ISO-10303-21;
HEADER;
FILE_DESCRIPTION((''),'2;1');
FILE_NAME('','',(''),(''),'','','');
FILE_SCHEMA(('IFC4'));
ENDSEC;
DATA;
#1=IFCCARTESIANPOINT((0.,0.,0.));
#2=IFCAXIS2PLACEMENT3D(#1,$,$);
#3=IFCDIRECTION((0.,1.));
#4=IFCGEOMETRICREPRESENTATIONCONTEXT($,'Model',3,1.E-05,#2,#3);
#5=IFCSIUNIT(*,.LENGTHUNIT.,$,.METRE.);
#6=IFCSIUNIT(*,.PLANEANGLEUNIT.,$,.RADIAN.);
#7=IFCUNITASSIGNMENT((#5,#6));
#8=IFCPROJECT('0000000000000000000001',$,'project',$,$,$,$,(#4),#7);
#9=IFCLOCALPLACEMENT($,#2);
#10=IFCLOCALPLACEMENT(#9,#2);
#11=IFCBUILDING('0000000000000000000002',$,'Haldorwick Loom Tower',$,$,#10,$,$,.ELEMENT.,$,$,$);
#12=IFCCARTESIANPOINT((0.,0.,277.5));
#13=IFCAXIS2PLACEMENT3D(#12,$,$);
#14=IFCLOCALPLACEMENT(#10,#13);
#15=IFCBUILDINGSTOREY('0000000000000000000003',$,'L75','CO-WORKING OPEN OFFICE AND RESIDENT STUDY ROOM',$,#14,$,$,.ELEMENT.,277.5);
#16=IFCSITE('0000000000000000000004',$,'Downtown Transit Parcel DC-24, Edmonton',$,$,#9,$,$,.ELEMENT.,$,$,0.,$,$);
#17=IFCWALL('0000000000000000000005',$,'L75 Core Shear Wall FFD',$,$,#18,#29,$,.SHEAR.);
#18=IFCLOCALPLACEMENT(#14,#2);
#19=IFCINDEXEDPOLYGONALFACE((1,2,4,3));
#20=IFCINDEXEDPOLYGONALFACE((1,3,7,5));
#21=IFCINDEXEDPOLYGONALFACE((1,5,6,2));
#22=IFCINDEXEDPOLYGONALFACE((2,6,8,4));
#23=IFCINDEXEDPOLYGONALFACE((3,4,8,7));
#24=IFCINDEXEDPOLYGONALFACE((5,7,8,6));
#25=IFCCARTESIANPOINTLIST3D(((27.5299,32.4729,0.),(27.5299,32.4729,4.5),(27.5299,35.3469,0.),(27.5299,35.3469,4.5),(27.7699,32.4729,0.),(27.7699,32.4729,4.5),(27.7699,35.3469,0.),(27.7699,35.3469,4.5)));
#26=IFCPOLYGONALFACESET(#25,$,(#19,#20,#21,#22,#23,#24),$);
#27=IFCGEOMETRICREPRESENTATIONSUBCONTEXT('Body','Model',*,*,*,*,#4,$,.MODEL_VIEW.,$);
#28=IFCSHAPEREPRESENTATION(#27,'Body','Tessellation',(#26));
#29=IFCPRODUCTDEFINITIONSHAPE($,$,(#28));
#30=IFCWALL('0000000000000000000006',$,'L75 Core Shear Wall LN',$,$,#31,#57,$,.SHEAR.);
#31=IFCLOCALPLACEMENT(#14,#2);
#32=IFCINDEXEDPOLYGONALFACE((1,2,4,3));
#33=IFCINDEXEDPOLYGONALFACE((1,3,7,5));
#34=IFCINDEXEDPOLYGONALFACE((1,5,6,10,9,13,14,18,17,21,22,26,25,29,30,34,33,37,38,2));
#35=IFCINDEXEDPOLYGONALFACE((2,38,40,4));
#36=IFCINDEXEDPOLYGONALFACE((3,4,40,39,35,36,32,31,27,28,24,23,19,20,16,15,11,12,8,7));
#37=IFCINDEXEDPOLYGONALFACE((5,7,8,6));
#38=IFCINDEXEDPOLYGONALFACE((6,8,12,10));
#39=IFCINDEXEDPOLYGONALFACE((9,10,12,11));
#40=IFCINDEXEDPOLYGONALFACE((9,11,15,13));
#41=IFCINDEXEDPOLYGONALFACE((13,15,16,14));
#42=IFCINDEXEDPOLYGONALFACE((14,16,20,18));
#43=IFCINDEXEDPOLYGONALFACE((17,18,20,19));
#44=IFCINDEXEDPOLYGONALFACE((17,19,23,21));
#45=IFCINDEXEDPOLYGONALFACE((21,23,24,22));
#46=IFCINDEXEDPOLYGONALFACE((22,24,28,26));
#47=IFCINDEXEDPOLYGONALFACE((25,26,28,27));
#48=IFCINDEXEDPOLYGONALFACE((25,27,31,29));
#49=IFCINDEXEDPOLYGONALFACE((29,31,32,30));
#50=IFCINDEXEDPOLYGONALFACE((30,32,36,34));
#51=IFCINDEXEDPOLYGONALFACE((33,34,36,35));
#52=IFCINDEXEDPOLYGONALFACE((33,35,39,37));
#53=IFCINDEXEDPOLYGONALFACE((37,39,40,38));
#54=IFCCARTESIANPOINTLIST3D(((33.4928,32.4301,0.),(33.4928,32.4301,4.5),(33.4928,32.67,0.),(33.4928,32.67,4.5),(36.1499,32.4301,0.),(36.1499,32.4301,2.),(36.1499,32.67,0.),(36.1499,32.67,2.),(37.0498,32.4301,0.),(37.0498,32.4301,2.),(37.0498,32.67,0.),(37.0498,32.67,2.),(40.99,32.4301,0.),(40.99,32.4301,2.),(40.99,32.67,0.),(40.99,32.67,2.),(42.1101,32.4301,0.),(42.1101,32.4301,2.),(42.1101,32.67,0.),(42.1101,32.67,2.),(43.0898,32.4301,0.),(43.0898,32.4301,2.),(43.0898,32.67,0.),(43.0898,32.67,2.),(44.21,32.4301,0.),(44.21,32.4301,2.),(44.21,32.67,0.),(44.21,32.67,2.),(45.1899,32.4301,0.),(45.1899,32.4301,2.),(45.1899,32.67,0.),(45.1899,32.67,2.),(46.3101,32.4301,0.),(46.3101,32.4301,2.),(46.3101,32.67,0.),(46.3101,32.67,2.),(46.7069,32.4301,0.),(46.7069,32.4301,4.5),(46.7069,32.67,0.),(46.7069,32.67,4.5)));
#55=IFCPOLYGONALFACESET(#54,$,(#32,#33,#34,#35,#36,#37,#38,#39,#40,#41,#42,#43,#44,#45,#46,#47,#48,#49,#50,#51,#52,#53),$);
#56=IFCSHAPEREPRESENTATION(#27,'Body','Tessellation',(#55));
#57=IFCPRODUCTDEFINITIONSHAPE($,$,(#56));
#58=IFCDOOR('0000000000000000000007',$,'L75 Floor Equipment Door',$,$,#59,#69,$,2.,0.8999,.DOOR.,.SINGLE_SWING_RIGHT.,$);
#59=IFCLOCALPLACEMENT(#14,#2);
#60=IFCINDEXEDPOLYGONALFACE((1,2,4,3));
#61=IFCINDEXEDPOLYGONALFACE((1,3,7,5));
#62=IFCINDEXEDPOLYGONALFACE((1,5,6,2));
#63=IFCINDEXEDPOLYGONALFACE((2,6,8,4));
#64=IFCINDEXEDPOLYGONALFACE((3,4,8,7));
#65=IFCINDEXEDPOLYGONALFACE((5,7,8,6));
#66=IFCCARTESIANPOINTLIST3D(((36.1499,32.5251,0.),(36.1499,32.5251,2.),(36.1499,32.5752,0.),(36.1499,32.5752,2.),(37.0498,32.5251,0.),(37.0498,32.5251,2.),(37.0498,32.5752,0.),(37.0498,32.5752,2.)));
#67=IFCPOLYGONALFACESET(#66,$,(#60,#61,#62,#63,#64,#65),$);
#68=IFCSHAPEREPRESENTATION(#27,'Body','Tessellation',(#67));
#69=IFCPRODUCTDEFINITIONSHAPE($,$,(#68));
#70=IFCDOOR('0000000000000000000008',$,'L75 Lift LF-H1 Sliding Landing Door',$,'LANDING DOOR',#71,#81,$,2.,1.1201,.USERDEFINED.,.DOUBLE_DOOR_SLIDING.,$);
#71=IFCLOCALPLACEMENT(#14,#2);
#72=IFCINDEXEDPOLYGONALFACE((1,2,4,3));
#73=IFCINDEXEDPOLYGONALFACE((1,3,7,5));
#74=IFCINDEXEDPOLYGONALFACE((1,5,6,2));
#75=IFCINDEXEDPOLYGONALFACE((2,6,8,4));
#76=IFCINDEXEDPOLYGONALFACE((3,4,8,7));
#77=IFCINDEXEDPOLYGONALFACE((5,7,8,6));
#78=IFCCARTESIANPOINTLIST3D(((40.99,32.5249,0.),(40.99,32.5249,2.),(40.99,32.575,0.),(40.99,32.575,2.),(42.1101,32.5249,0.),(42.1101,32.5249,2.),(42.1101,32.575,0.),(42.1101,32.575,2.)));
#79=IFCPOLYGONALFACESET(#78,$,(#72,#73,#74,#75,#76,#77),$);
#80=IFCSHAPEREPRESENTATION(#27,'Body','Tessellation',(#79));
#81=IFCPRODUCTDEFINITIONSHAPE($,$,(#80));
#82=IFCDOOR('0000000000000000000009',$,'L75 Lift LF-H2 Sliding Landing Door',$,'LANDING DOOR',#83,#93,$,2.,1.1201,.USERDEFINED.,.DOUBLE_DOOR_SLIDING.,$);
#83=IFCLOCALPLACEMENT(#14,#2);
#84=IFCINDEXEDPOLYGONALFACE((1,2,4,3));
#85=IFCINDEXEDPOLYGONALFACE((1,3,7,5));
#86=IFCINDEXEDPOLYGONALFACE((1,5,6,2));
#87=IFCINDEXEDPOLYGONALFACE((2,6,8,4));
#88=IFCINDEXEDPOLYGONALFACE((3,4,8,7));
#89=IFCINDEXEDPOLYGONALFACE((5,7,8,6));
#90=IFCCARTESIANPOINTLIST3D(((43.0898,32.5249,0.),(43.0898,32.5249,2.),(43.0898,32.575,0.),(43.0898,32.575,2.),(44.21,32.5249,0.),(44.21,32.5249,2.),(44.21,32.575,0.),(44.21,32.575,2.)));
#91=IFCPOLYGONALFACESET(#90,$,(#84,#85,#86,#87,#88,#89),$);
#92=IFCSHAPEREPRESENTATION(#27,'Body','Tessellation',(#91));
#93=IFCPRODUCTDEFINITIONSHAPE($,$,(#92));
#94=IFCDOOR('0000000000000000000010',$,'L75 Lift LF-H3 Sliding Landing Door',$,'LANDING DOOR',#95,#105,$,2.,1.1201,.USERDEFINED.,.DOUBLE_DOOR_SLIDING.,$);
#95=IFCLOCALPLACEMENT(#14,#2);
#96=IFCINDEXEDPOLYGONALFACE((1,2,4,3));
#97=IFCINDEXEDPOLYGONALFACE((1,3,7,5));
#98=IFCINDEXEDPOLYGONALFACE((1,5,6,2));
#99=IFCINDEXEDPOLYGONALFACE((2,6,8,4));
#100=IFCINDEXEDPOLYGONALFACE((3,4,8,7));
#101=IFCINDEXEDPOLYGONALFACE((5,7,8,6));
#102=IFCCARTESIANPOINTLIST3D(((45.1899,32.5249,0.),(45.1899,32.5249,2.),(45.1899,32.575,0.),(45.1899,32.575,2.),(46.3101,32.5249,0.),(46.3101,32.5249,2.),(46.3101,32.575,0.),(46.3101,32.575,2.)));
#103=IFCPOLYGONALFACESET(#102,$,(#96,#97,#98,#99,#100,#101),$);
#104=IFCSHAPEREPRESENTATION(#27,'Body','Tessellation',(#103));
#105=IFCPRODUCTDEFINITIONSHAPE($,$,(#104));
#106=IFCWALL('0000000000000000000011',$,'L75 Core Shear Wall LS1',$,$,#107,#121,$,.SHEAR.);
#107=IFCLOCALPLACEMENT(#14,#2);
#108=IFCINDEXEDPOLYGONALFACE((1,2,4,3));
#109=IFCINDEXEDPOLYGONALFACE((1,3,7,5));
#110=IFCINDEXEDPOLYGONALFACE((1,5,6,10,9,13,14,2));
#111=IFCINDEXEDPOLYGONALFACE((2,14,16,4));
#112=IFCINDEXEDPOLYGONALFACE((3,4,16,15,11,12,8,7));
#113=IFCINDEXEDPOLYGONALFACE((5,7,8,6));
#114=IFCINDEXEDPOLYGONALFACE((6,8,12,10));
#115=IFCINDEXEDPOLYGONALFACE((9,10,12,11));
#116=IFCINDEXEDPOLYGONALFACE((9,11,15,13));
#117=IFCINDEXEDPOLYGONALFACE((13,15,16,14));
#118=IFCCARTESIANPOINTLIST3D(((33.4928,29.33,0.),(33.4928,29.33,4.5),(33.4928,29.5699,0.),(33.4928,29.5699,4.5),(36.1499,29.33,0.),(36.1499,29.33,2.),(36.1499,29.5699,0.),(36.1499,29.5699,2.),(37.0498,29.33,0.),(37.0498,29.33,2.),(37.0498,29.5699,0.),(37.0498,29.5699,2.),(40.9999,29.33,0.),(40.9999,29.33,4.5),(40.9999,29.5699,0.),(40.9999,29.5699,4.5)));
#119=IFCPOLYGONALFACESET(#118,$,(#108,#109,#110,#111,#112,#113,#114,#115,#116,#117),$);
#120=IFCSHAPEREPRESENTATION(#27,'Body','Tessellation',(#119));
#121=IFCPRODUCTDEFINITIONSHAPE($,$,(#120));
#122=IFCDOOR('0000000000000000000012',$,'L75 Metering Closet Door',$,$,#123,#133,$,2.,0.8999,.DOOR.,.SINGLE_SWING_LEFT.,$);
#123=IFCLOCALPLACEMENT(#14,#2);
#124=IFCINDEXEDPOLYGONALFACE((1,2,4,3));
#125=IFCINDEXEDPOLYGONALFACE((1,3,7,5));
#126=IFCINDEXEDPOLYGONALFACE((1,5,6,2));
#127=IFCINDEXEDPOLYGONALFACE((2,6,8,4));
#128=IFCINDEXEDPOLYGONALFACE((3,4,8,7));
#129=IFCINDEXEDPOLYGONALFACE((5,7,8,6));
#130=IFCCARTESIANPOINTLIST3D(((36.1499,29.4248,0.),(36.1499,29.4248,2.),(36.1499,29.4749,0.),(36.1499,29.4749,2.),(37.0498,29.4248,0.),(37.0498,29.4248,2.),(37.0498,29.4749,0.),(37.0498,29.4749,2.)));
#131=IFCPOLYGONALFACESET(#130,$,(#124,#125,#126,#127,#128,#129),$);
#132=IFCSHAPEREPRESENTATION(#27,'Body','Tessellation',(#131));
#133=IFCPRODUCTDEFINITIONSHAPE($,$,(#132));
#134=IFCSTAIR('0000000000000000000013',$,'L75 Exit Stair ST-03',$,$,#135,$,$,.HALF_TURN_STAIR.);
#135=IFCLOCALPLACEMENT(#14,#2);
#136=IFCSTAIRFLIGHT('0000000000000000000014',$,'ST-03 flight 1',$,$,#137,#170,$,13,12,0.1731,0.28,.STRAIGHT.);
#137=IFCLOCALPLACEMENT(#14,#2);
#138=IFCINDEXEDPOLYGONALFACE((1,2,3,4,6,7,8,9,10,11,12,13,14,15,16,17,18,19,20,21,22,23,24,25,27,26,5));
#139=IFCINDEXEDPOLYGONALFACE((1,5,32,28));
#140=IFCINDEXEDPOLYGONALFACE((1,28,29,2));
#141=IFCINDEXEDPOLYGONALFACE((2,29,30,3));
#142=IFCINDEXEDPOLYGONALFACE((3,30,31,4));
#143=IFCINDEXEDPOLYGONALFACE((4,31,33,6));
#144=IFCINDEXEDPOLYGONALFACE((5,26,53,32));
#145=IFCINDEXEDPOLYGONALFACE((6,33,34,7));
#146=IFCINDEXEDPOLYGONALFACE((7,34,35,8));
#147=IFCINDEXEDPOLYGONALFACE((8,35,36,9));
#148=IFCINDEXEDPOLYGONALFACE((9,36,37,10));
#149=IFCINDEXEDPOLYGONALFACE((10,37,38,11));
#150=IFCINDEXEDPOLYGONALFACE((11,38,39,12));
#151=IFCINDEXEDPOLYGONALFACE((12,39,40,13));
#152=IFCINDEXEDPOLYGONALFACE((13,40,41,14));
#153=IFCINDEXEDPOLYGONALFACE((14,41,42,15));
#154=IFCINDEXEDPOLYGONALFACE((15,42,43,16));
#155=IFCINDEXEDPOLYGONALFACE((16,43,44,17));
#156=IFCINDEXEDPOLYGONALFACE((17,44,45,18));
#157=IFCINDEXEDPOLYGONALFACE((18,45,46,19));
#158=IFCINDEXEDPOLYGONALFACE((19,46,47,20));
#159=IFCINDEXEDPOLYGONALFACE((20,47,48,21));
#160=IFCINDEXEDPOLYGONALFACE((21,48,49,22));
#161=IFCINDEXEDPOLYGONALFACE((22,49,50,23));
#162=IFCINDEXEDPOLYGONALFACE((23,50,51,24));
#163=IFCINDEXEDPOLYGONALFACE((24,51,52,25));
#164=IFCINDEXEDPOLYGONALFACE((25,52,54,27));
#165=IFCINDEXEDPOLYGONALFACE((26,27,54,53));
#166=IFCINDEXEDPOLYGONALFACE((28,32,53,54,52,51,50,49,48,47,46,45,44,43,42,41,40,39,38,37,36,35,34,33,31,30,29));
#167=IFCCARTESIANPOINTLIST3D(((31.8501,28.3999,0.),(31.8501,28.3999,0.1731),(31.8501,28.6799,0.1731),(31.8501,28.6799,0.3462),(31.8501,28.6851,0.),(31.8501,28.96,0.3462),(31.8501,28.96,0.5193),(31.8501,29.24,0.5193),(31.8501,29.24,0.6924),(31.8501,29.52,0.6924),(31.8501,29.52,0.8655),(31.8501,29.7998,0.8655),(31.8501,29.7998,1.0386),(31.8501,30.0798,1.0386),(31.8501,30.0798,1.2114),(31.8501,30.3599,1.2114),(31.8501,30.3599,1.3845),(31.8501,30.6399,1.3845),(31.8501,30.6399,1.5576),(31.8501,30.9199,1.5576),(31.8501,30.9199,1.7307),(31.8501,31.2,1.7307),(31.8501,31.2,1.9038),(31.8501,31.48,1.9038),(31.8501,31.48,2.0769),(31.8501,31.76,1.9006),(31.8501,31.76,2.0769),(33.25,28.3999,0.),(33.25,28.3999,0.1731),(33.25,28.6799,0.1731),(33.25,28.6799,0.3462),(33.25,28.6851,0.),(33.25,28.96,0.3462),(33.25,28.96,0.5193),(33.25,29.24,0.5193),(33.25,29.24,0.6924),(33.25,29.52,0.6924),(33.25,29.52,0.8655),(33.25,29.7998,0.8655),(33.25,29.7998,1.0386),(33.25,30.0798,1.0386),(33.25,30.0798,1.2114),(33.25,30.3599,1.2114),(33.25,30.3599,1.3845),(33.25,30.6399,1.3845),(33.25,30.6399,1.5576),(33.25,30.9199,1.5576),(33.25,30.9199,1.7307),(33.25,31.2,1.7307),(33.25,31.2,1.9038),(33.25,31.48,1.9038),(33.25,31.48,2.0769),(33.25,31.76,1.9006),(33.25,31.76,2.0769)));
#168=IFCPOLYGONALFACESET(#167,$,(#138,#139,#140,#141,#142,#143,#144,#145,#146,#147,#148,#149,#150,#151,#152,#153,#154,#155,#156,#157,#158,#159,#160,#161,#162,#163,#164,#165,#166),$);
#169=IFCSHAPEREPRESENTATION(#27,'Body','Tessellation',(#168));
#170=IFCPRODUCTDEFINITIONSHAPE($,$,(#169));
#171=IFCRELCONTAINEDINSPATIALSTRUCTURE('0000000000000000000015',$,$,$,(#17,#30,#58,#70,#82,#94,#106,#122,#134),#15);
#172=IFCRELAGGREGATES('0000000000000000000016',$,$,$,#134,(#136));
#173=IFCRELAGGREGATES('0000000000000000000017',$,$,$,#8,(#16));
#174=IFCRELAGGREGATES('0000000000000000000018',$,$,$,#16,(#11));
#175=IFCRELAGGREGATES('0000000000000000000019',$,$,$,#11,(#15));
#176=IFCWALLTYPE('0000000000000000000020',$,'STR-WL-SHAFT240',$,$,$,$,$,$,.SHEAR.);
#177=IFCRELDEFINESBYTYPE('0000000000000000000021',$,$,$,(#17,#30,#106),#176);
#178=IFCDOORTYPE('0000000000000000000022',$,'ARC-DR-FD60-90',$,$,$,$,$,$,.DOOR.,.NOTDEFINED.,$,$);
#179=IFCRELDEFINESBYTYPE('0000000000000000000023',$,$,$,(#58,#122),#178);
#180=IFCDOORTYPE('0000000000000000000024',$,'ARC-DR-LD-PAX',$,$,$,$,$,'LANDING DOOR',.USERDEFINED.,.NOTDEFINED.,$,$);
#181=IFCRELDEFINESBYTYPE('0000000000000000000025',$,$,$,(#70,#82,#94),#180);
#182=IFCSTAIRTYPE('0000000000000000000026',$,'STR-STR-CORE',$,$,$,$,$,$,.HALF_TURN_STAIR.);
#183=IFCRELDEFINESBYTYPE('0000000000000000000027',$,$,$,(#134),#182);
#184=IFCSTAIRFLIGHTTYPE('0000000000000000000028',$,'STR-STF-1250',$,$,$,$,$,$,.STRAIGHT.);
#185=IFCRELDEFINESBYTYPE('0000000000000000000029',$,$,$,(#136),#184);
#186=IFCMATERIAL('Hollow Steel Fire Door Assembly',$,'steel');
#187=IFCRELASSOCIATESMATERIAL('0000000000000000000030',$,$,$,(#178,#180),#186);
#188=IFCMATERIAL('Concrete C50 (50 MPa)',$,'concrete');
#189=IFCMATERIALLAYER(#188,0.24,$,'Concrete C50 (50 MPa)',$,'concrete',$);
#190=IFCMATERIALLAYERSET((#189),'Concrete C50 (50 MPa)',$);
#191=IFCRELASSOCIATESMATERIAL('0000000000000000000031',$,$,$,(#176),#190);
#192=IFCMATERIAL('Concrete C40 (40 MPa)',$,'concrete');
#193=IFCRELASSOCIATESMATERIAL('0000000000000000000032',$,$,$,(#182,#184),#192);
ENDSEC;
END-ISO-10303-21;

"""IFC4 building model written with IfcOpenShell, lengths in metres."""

from ifc_helpers import new_model, si_unit, direction, frame, frame_2d, origin, place, context, subcontext, project, spatial, polyline, rectangle, outline, extrude, material, layer, layer_set, type_object, element, fill, aggregate, save


model = new_model("IFC4")

# Units and contexts
model_context = context("Model", 3, precision=1e-05, world=origin(), true_north=direction((0.0, 1.0)))
body_context = subcontext(model_context, "Body", "Model", "MODEL_VIEW")
ifc_project = project(units=[si_unit("LENGTHUNIT", "METRE"), si_unit("PLANEANGLEUNIT", "RADIAN")], contexts=[model_context])

# Site, building, storey
site_placement = place(None, origin())
site = spatial("IfcSite", under=ifc_project, at=site_placement, Name="Downtown Transit Parcel DC-24, Edmonton", CompositionType="ELEMENT", RefElevation=0.0)
building_placement = place(site_placement, origin())
building = spatial("IfcBuilding", under=site, at=building_placement, Name="Haldorwick Loom Tower", CompositionType="ELEMENT")
storey_placement = place(building_placement, frame((0.0, 0.0, 277.5)))
storey = spatial("IfcBuildingStorey", under=building, at=storey_placement, Name="L75", Description="CO-WORKING OPEN OFFICE AND RESIDENT STUDY ROOM", CompositionType="ELEMENT", Elevation=277.5)

# Shared definitions
ifc_material_1 = material(Name="Hollow Steel Fire Door Assembly", Category="steel")
door_type_1 = type_object("IfcDoorType", Name="ARC-DR-FD60-90", OperationType="NOTDEFINED", PredefinedType="DOOR", material=ifc_material_1)

# Shared definitions
ifc_material_2 = material(Name="Concrete C50 (50 MPa)", Category="concrete")
ifc_layer_1 = layer(ifc_material_2, 0.24, Name="Concrete C50 (50 MPa)", Category="concrete")
ifc_layer_set_1 = layer_set([ifc_layer_1], Name="Concrete C50 (50 MPa)")
wall_type_1 = type_object("IfcWallType", Name="STR-WL-SHAFT240", PredefinedType="SHEAR", material=ifc_layer_set_1)

# Wall
wall_1_placement = place(storey_placement, frame((27.6499, 32.4729, 0.0), z_axis=(0.0, 0.0, 1.0), x_axis=(0.0, 1.0, 0.0)))
element("IfcWall", 1, at=wall_1_placement, inside=storey, type_object=wall_type_1, Name="L75 Core Shear Wall FFD", PredefinedType="SHEAR", context=body_context, shape_type="SweptSolid", body=[
    extrude(rectangle(XDim=2.874, YDim=0.24, at=frame_2d((1.437, 0.0))), origin(), (0.0, 0.0, 1.0), 4.5),
])

# Wall, openings, doors
wall_2_placement = place(storey_placement, frame((33.4929, 32.55, 0.0), z_axis=(0.0, 0.0, 1.0), x_axis=(1.0, 0.0, 0.0)))
wall_2 = element("IfcWall", 2, at=wall_2_placement, inside=storey, type_object=wall_type_1, Name="L75 Core Shear Wall LN", PredefinedType="SHEAR", context=body_context, shape_type="SweptSolid", body=[
    extrude(rectangle(XDim=13.2141, YDim=0.24, at=frame_2d((6.6069, 0.0))), origin(), (0.0, 0.0, 1.0), 4.5),
])
opening_1_placement = place(wall_2_placement, frame((2.657, 0.0, 0.0)))
opening_1 = element("IfcOpeningElement", 3, at=opening_1_placement, cuts=wall_2, PredefinedType="OPENING", context=body_context, shape_type="SweptSolid", body=[
    extrude(rectangle(XDim=0.8999, YDim=2.0, at=frame_2d((0.45, 1.0))), frame((0.0, 0.1299, 0.0), z_axis=(0.0, -1.0, 0.0), x_axis=(1.0, 0.0, 0.0)), (0.0, 0.0, 1.0), 0.26),
])
opening_2_placement = place(wall_2_placement, frame((7.4971, 0.0, 0.0)))
opening_2 = element("IfcOpeningElement", 4, at=opening_2_placement, cuts=wall_2, PredefinedType="OPENING", context=body_context, shape_type="SweptSolid", body=[
    extrude(rectangle(XDim=1.1201, YDim=2.0, at=frame_2d((0.5601, 1.0))), frame((0.0, 0.1299, 0.0), z_axis=(0.0, -1.0, 0.0), x_axis=(1.0, 0.0, 0.0)), (0.0, 0.0, 1.0), 0.26),
])
opening_3_placement = place(wall_2_placement, frame((9.5969, 0.0, 0.0)))
opening_3 = element("IfcOpeningElement", 5, at=opening_3_placement, cuts=wall_2, PredefinedType="OPENING", context=body_context, shape_type="SweptSolid", body=[
    extrude(rectangle(XDim=1.1201, YDim=2.0, at=frame_2d((0.5601, 1.0))), frame((0.0, 0.1299, 0.0), z_axis=(0.0, -1.0, 0.0), x_axis=(1.0, 0.0, 0.0)), (0.0, 0.0, 1.0), 0.26),
])
opening_4_placement = place(wall_2_placement, frame((11.697, 0.0, 0.0)))
opening_4 = element("IfcOpeningElement", 6, at=opening_4_placement, cuts=wall_2, PredefinedType="OPENING", context=body_context, shape_type="SweptSolid", body=[
    extrude(rectangle(XDim=1.1201, YDim=2.0, at=frame_2d((0.5601, 1.0))), frame((0.0, 0.1299, 0.0), z_axis=(0.0, -1.0, 0.0), x_axis=(1.0, 0.0, 0.0)), (0.0, 0.0, 1.0), 0.26),
])
door_1_placement = place(opening_1_placement, frame((0.8999, 0.0, 0.0), z_axis=(0.0, 0.0, 1.0), x_axis=(-1.0, 0.0, 0.0)))
door_1 = element("IfcDoor", 7, at=door_1_placement, inside=storey, type_object=door_type_1, Name="L75 Floor Equipment Door", OperationType="SINGLE_SWING_RIGHT", OverallHeight=2.0, OverallWidth=0.8999, PredefinedType="DOOR", context=body_context, shape_type="SweptSolid", body=[
    extrude(rectangle(XDim=0.8999, YDim=2.0, at=frame_2d((0.45, 1.0))), frame((0.0, 0.0249, 0.0), z_axis=(0.0, -1.0, 0.0), x_axis=(1.0, 0.0, 0.0)), (0.0, 0.0, 1.0), 0.05),
])
fill(opening_1, door_1)
door_type_2 = type_object("IfcDoorType", Name="ARC-DR-LD-PAX", ElementType="LANDING DOOR", OperationType="NOTDEFINED", PredefinedType="USERDEFINED", material=ifc_material_1)
door_2_placement = place(opening_2_placement, origin())
door_2 = element("IfcDoor", 8, at=door_2_placement, inside=storey, type_object=door_type_2, Name="L75 Lift LF-H1 Sliding Landing Door", ObjectType="LANDING DOOR", OperationType="DOUBLE_DOOR_SLIDING", OverallHeight=2.0, OverallWidth=1.1201, PredefinedType="USERDEFINED", context=body_context, shape_type="SweptSolid", body=[
    extrude(rectangle(XDim=1.1201, YDim=2.0, at=frame_2d((0.5601, 1.0))), frame((0.0, 0.0249, 0.0), z_axis=(0.0, -1.0, 0.0), x_axis=(1.0, 0.0, 0.0)), (0.0, 0.0, 1.0), 0.05),
])
fill(opening_2, door_2)
door_3_placement = place(opening_3_placement, origin())
door_3 = element("IfcDoor", 9, at=door_3_placement, inside=storey, type_object=door_type_2, Name="L75 Lift LF-H2 Sliding Landing Door", ObjectType="LANDING DOOR", OperationType="DOUBLE_DOOR_SLIDING", OverallHeight=2.0, OverallWidth=1.1201, PredefinedType="USERDEFINED", context=body_context, shape_type="SweptSolid", body=[
    extrude(rectangle(XDim=1.1201, YDim=2.0, at=frame_2d((0.5601, 1.0))), frame((0.0, 0.0249, 0.0), z_axis=(0.0, -1.0, 0.0), x_axis=(1.0, 0.0, 0.0)), (0.0, 0.0, 1.0), 0.05),
])
fill(opening_3, door_3)
door_4_placement = place(opening_4_placement, origin())
door_4 = element("IfcDoor", 10, at=door_4_placement, inside=storey, type_object=door_type_2, Name="L75 Lift LF-H3 Sliding Landing Door", ObjectType="LANDING DOOR", OperationType="DOUBLE_DOOR_SLIDING", OverallHeight=2.0, OverallWidth=1.1201, PredefinedType="USERDEFINED", context=body_context, shape_type="SweptSolid", body=[
    extrude(rectangle(XDim=1.1201, YDim=2.0, at=frame_2d((0.5601, 1.0))), frame((0.0, 0.0249, 0.0), z_axis=(0.0, -1.0, 0.0), x_axis=(1.0, 0.0, 0.0)), (0.0, 0.0, 1.0), 0.05),
])
fill(opening_4, door_4)

# Wall, opening, door
wall_3_placement = place(storey_placement, frame((33.4929, 29.45, 0.0), z_axis=(0.0, 0.0, 1.0), x_axis=(1.0, 0.0, 0.0)))
wall_3 = element("IfcWall", 11, at=wall_3_placement, inside=storey, type_object=wall_type_1, Name="L75 Core Shear Wall LS1", PredefinedType="SHEAR", context=body_context, shape_type="SweptSolid", body=[
    extrude(rectangle(XDim=7.5071, YDim=0.24, at=frame_2d((3.7534, 0.0))), origin(), (0.0, 0.0, 1.0), 4.5),
])
opening_5_placement = place(wall_3_placement, frame((2.657, 0.0, 0.0)))
opening_5 = element("IfcOpeningElement", 12, at=opening_5_placement, cuts=wall_3, PredefinedType="OPENING", context=body_context, shape_type="SweptSolid", body=[
    extrude(rectangle(XDim=0.8999, YDim=2.0, at=frame_2d((0.45, 1.0))), frame((0.0, 0.1299, 0.0), z_axis=(0.0, -1.0, 0.0), x_axis=(1.0, 0.0, 0.0)), (0.0, 0.0, 1.0), 0.26),
])
door_5_placement = place(opening_5_placement, origin())
door_5 = element("IfcDoor", 13, at=door_5_placement, inside=storey, type_object=door_type_1, Name="L75 Metering Closet Door", OperationType="SINGLE_SWING_LEFT", OverallHeight=2.0, OverallWidth=0.8999, PredefinedType="DOOR", context=body_context, shape_type="SweptSolid", body=[
    extrude(rectangle(XDim=0.8999, YDim=2.0, at=frame_2d((0.45, 1.0))), frame((0.0, 0.0249, 0.0), z_axis=(0.0, -1.0, 0.0), x_axis=(1.0, 0.0, 0.0)), (0.0, 0.0, 1.0), 0.05),
])
fill(opening_5, door_5)

# Stair, stair flight
ifc_material_3 = material(Name="Concrete C40 (40 MPa)", Category="concrete")
stair_type = type_object("IfcStairType", Name="STR-STR-CORE", PredefinedType="HALF_TURN_STAIR", material=ifc_material_3)
stair_placement = place(storey_placement, origin())
stair = element("IfcStair", 14, at=stair_placement, inside=storey, type_object=stair_type, Name="L75 Exit Stair ST-03", PredefinedType="HALF_TURN_STAIR")
stair_flight_type = type_object("IfcStairFlightType", Name="STR-STF-1250", PredefinedType="STRAIGHT", material=ifc_material_3)
stair_flight_1_placement = place(storey_placement, frame((32.55, 28.3999, 0.0), z_axis=(0.0, 0.0, 1.0), x_axis=(0.0, 1.0, 0.0)))
stair_flight_1 = element("IfcStairFlight", 15, at=stair_flight_1_placement, type_object=stair_flight_type, Name="ST-03 flight 1", NumberOfRisers=13, NumberOfTreads=12, PredefinedType="STRAIGHT", RiserHeight=0.1731, TreadLength=0.28, context=body_context, shape_type="SweptSolid", body=[
    extrude(outline(polyline([(0.0, 0.0), (0.0, 0.1731), (0.28, 0.1731), (0.28, 0.3462), (0.5601, 0.3462), (0.5601, 0.5193), (0.8401, 0.5193), (0.8401, 0.6924), (1.1201, 0.6924), (1.1201, 0.8655), (1.3999, 0.8655), (1.3999, 1.0386), (1.6799, 1.0386), (1.6799, 1.2114), (1.96, 1.2114), (1.96, 1.3845), (2.24, 1.3845), (2.24, 1.5576), (2.52, 1.5576), (2.52, 1.7307), (2.8, 1.7307), (2.8, 1.9038), (3.0801, 1.9038), (3.0801, 2.0769), (3.3601, 2.0769), (3.3601, 2.25), (3.3601, 1.9006), (0.2852, 0.0), (0.0, 0.0)])), frame((0.0, 0.7, 0.0), z_axis=(0.0, -1.0, 0.0), x_axis=(1.0, 0.0, 0.0)), (0.0, 0.0, 1.0), 1.3999),
])
aggregate(stair, [stair_flight_1])

save(model, "model.ifc")
